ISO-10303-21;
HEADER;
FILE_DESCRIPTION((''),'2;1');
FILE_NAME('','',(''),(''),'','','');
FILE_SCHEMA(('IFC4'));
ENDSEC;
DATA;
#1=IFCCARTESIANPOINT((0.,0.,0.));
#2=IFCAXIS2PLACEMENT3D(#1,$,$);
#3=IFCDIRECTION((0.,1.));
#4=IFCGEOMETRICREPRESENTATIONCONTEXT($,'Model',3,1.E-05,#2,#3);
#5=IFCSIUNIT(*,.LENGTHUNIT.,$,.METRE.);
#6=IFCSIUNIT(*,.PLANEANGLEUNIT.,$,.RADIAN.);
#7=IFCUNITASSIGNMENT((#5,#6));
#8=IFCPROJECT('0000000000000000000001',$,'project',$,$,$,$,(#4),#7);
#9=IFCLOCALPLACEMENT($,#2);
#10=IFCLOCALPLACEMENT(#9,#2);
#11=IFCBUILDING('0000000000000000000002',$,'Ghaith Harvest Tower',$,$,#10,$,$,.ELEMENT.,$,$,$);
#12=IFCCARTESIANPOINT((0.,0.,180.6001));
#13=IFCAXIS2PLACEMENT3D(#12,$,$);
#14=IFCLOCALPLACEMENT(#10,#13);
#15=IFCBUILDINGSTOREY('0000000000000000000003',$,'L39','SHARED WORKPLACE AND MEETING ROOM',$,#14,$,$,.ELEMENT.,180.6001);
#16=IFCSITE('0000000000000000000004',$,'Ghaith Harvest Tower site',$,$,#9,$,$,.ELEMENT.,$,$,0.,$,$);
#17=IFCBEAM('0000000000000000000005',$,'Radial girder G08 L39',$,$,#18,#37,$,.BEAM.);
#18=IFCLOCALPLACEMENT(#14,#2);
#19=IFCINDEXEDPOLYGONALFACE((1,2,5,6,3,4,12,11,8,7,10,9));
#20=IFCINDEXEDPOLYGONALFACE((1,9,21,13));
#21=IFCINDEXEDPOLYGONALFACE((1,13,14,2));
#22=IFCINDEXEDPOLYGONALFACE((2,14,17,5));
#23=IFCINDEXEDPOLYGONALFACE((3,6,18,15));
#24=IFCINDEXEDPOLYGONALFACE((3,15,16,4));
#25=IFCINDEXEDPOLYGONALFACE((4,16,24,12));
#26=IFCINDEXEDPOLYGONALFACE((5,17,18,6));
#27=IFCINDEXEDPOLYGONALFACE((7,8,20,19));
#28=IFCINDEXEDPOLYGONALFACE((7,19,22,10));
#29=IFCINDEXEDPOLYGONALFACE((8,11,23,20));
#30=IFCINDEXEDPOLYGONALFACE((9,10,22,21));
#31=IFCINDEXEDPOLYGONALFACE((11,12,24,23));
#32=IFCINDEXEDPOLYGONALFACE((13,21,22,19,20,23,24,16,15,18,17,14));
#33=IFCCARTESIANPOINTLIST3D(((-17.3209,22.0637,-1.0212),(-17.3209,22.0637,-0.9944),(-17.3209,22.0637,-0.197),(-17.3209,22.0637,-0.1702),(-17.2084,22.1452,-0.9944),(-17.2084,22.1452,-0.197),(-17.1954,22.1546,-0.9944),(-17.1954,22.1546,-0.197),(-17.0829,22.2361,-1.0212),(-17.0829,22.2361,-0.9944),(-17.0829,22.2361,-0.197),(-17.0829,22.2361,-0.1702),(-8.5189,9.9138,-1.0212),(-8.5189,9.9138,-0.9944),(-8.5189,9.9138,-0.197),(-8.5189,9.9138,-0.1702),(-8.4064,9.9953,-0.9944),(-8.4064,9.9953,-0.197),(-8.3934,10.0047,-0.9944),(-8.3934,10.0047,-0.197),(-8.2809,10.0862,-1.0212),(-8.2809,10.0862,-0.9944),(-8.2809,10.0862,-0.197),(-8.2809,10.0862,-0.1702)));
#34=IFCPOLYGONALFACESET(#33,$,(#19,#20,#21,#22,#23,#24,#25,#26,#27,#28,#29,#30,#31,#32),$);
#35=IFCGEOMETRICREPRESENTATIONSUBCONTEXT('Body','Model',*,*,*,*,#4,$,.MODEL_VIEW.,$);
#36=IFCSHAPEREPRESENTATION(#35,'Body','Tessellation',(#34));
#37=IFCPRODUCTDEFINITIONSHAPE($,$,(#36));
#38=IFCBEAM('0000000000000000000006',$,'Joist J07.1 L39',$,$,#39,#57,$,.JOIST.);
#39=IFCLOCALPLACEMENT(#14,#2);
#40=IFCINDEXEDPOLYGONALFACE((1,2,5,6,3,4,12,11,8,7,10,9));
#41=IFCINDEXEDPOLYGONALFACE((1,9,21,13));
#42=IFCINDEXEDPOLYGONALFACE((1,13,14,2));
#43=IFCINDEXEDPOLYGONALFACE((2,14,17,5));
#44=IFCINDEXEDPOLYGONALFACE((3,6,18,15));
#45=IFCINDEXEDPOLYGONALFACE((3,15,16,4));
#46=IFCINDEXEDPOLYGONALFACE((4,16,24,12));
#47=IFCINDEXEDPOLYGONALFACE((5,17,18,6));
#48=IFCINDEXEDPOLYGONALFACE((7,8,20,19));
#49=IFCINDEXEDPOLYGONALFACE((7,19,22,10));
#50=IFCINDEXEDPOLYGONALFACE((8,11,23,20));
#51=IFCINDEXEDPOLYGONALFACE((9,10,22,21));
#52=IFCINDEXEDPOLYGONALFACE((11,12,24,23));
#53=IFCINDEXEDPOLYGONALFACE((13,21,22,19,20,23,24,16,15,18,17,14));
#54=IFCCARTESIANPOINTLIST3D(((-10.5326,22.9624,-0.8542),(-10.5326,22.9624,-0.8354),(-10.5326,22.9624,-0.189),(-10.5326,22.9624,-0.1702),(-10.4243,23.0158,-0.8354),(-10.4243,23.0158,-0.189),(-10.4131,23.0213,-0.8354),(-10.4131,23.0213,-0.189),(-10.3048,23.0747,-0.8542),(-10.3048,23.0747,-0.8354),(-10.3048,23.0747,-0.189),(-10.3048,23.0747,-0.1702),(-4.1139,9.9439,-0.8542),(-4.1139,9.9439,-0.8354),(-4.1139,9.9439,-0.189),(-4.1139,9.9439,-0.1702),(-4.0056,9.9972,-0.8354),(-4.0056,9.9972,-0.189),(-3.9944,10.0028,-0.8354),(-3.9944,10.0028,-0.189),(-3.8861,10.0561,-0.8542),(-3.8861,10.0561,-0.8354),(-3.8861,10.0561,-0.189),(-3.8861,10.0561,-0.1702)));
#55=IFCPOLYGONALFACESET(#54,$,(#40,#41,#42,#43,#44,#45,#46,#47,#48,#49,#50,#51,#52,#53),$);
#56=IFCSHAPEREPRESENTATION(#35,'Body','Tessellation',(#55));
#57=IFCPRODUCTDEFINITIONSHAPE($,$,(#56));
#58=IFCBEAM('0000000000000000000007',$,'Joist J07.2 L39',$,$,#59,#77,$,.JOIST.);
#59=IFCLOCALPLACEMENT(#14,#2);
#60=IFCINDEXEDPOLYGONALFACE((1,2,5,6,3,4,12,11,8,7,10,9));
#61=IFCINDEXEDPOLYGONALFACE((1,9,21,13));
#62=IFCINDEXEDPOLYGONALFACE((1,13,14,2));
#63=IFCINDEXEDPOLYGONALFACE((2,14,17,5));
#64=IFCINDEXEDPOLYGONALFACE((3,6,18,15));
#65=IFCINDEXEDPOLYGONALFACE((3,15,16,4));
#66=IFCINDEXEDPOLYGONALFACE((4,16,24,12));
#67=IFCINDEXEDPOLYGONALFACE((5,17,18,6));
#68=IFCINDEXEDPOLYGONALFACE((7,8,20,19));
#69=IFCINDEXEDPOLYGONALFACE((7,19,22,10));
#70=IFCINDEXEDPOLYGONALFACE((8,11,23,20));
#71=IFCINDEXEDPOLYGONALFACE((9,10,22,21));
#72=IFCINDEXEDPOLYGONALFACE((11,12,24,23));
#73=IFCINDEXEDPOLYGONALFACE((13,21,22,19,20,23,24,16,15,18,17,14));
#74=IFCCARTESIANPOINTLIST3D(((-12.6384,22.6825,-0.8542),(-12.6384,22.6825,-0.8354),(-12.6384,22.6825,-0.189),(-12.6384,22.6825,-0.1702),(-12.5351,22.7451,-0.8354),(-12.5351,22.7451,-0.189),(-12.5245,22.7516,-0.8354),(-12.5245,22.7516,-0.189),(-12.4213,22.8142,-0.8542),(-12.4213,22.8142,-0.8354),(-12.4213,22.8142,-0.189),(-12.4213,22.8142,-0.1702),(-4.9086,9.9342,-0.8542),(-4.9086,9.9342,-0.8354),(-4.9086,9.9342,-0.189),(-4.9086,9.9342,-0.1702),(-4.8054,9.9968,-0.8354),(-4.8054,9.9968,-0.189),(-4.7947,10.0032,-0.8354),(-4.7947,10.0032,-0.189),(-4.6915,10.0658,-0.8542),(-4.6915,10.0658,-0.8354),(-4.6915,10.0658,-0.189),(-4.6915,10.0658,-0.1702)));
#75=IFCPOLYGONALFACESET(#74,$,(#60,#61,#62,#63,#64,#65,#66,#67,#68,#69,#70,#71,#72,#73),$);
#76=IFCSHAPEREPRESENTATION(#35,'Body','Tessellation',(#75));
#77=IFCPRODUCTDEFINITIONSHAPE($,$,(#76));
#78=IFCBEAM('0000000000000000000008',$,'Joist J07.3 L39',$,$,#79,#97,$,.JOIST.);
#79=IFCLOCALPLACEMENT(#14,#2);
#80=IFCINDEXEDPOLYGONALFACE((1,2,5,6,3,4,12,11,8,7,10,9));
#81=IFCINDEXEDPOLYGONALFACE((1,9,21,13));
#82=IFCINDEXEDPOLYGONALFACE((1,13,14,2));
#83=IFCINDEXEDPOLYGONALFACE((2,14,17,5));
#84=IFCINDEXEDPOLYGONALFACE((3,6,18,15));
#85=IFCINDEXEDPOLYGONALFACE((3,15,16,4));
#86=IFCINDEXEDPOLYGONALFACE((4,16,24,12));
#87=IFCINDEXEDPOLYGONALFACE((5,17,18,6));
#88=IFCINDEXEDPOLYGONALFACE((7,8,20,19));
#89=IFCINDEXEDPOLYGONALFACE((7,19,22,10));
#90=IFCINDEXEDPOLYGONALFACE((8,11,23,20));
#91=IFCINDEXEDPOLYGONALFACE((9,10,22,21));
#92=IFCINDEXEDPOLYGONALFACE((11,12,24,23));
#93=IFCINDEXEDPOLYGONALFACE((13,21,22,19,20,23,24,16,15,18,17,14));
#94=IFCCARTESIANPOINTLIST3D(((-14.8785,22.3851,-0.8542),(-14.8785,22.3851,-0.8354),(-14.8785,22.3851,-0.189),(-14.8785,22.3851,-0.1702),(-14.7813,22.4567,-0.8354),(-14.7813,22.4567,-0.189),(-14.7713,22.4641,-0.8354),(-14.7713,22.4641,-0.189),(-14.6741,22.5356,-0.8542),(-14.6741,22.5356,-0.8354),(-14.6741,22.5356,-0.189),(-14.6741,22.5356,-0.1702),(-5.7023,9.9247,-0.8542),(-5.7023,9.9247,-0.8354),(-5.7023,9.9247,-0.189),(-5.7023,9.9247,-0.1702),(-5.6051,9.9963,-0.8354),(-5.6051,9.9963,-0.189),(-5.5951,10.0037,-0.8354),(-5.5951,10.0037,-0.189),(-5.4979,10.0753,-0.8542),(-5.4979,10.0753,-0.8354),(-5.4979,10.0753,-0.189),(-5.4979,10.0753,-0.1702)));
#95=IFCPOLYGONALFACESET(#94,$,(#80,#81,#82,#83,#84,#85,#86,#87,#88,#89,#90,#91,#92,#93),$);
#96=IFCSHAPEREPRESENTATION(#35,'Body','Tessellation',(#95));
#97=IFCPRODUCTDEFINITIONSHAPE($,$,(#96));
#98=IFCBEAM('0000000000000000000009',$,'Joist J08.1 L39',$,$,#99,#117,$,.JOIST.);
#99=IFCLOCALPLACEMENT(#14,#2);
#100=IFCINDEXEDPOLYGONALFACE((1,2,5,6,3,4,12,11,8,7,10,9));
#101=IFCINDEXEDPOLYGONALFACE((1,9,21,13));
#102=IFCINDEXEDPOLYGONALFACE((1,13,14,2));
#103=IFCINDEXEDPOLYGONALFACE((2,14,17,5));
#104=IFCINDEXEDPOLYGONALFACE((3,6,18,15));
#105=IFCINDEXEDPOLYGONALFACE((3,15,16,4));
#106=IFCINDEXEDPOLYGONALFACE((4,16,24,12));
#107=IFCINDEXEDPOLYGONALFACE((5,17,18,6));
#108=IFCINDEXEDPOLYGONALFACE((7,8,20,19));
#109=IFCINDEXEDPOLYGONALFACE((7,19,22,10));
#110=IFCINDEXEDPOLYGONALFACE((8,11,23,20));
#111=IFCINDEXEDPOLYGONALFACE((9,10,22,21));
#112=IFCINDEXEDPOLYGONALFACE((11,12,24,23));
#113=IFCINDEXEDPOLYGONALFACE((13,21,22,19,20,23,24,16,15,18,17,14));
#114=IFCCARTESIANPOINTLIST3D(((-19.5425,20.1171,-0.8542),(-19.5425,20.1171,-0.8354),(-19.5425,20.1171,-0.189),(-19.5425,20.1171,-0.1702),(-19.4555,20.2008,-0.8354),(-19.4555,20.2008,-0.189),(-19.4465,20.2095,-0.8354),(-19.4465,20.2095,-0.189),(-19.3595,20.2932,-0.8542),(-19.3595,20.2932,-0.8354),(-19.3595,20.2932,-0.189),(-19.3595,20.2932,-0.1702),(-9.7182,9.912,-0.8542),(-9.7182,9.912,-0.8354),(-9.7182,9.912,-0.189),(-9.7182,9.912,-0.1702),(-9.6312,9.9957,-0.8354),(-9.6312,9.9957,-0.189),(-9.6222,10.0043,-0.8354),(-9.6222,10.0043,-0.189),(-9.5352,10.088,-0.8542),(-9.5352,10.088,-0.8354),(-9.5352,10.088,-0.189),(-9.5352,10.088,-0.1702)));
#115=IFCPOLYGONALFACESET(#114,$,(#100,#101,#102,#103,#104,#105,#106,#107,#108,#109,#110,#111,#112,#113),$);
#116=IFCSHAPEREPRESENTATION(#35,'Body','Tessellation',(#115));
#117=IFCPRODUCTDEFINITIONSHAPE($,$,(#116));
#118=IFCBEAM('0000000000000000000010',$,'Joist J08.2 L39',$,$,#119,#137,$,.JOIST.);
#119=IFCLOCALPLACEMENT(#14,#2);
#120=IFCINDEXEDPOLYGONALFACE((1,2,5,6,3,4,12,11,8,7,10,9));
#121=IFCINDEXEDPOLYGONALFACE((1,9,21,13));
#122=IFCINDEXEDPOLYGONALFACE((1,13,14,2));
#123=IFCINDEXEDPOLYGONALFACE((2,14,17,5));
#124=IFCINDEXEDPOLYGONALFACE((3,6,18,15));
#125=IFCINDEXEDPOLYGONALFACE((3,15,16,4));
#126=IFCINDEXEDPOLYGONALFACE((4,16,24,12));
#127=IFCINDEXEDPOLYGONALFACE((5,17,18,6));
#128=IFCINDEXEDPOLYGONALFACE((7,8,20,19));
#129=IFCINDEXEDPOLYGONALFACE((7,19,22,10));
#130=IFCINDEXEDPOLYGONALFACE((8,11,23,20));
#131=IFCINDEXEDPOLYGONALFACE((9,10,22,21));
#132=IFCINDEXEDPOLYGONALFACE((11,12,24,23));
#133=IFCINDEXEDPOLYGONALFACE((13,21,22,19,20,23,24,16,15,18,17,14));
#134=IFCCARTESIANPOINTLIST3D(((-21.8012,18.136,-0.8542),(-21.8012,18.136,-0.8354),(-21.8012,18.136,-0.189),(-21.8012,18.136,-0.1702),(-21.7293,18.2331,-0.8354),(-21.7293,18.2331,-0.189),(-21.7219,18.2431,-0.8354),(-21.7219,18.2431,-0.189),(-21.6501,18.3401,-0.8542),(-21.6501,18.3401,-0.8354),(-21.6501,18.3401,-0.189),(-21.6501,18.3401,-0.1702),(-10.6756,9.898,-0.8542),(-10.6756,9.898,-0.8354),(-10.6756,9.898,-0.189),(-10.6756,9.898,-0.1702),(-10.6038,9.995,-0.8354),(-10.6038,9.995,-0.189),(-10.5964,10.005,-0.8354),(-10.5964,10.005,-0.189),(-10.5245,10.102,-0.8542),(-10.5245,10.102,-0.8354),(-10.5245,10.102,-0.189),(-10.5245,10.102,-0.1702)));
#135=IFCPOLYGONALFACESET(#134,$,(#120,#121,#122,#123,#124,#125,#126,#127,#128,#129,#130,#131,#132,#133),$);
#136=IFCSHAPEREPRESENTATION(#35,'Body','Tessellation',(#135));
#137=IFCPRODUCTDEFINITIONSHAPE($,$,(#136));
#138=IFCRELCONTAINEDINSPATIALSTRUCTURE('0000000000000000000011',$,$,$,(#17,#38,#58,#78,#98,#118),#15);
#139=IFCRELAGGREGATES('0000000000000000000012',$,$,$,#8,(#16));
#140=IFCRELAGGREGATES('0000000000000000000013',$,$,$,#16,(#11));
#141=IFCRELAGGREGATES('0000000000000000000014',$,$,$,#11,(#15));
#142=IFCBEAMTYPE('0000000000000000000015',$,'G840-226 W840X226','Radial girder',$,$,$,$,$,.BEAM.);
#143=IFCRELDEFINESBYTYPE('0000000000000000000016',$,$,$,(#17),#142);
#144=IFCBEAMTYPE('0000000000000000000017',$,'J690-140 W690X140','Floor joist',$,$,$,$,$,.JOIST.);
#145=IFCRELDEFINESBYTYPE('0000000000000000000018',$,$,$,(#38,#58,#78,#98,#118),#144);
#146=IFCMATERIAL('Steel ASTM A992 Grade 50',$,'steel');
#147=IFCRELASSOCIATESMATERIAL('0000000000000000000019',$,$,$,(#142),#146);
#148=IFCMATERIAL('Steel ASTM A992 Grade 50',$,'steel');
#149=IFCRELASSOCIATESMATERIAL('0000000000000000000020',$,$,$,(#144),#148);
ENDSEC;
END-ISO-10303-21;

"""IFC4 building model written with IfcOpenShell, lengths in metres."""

from ifc_helpers import new_model, si_unit, direction, frame, origin, origin_2d, place, context, subcontext, project, spatial, i_section, extrude, material, material_profile, profile_set, type_object, element, save


model = new_model("IFC4")

# Units and contexts
model_context = context("Model", 3, precision=1e-05, world=origin(), true_north=direction((0.0, 1.0)))
body_context = subcontext(model_context, "Body", "Model", "MODEL_VIEW")
ifc_project = project(units=[si_unit("LENGTHUNIT", "METRE"), si_unit("PLANEANGLEUNIT", "RADIAN")], contexts=[model_context])

# Site, building, storey
site_placement = place(None, origin())
site = spatial("IfcSite", under=ifc_project, at=site_placement, Name="Ghaith Harvest Tower site", CompositionType="ELEMENT", RefElevation=0.0)
building_placement = place(site_placement, origin())
building = spatial("IfcBuilding", under=site, at=building_placement, Name="Ghaith Harvest Tower", CompositionType="ELEMENT")
storey_placement = place(building_placement, frame((0.0, 0.0, 180.6001)))
storey = spatial("IfcBuildingStorey", under=building, at=storey_placement, Name="L39", Description="SHARED WORKPLACE AND MEETING ROOM", CompositionType="ELEMENT", Elevation=180.6001)

# Beams
ifc_material_1 = material(Name="Steel ASTM A992 Grade 50", Category="steel")
ifc_material_profile_1 = material_profile(ifc_material_1, i_section(OverallWidth=0.2939, OverallDepth=0.8511, WebThickness=0.0161, FlangeThickness=0.0269, at=origin_2d()), Name="W840X226")
ifc_profile_set_1 = profile_set([ifc_material_profile_1], Name="Steel ASTM A992 Grade 50")
beam_type_1 = type_object("IfcBeamType", Name="G840-226 W840X226", Description="Radial girder", PredefinedType="BEAM", material=ifc_profile_set_1)
beam_1_placement = place(storey_placement, frame((-8.3999, 10.0, -0.5957), z_axis=(-0.586676, 0.809822, 0.0), x_axis=(-0.809822, -0.586676, 0.0)))
element("IfcBeam", 1, at=beam_1_placement, inside=storey, type_object=beam_type_1, Name="Radial girder G08 L39", PredefinedType="BEAM", context=body_context, shape_type="SweptSolid", body=[
    extrude(i_section(OverallWidth=0.2939, OverallDepth=0.8511, WebThickness=0.0161, FlangeThickness=0.0269, at=origin_2d()), origin(), (0.0, 0.0, 1.0), 15.0032),
])
ifc_material_2 = material(Name="Steel ASTM A992 Grade 50", Category="steel")
ifc_material_profile_2 = material_profile(ifc_material_2, i_section(OverallWidth=0.2539, OverallDepth=0.6841, WebThickness=0.0125, FlangeThickness=0.0188, at=origin_2d()), Name="W690X140")
ifc_profile_set_2 = profile_set([ifc_material_profile_2], Name="Steel ASTM A992 Grade 50")
beam_type_2 = type_object("IfcBeamType", Name="J690-140 W690X140", Description="Floor joist", PredefinedType="JOIST", material=ifc_profile_set_2)
beam_2_placement = place(storey_placement, frame((-4.0, 10.0, -0.5122), z_axis=(-0.442214, 0.896909, 0.0), x_axis=(-0.896909, -0.442214, 0.0)))
element("IfcBeam", 2, at=beam_2_placement, inside=storey, type_object=beam_type_2, Name="Joist J07.1 L39", PredefinedType="JOIST", context=body_context, shape_type="SweptSolid", body=[
    extrude(i_section(OverallWidth=0.2539, OverallDepth=0.6841, WebThickness=0.0125, FlangeThickness=0.0188, at=origin_2d()), origin(), (0.0, 0.0, 1.0), 14.5149),
])
beam_3_placement = place(storey_placement, frame((-4.8, 10.0, -0.5122), z_axis=(-0.518473, 0.855094, 0.0), x_axis=(-0.855094, -0.518473, 0.0)))
element("IfcBeam", 3, at=beam_3_placement, inside=storey, type_object=beam_type_2, Name="Joist J07.2 L39", PredefinedType="JOIST", context=body_context, shape_type="SweptSolid", body=[
    extrude(i_section(OverallWidth=0.2539, OverallDepth=0.6841, WebThickness=0.0125, FlangeThickness=0.0188, at=origin_2d()), origin(), (0.0, 0.0, 1.0), 14.9087),
])
beam_4_placement = place(storey_placement, frame((-5.6001, 10.0, -0.5122), z_axis=(-0.592985, 0.805214, 0.0), x_axis=(-0.805214, -0.592985, 0.0)))
element("IfcBeam", 4, at=beam_4_placement, inside=storey, type_object=beam_type_2, Name="Joist J07.3 L39", PredefinedType="JOIST", context=body_context, shape_type="SweptSolid", body=[
    extrude(i_section(OverallWidth=0.2539, OverallDepth=0.6841, WebThickness=0.0125, FlangeThickness=0.0188, at=origin_2d()), origin(), (0.0, 0.0, 1.0), 15.4746),
])
beam_5_placement = place(storey_placement, frame((-9.6267, 10.0, -0.5122), z_axis=(-0.693536, 0.720422, 0.0), x_axis=(-0.720422, -0.693536, 0.0)))
element("IfcBeam", 5, at=beam_5_placement, inside=storey, type_object=beam_type_2, Name="Joist J08.1 L39", PredefinedType="JOIST", context=body_context, shape_type="SweptSolid", body=[
    extrude(i_section(OverallWidth=0.2539, OverallDepth=0.6841, WebThickness=0.0125, FlangeThickness=0.0188, at=origin_2d()), origin(), (0.0, 0.0, 1.0), 14.1655),
])
beam_6_placement = place(storey_placement, frame((-10.6001, 10.0, -0.5122), z_axis=(-0.803663, 0.595085, 0.0), x_axis=(-0.595085, -0.803663, 0.0)))
element("IfcBeam", 6, at=beam_6_placement, inside=storey, type_object=beam_type_2, Name="Joist J08.2 L39", PredefinedType="JOIST", context=body_context, shape_type="SweptSolid", body=[
    extrude(i_section(OverallWidth=0.2539, OverallDepth=0.6841, WebThickness=0.0125, FlangeThickness=0.0188, at=origin_2d()), origin(), (0.0, 0.0, 1.0), 13.8435),
])

save(model, "model.ifc")
